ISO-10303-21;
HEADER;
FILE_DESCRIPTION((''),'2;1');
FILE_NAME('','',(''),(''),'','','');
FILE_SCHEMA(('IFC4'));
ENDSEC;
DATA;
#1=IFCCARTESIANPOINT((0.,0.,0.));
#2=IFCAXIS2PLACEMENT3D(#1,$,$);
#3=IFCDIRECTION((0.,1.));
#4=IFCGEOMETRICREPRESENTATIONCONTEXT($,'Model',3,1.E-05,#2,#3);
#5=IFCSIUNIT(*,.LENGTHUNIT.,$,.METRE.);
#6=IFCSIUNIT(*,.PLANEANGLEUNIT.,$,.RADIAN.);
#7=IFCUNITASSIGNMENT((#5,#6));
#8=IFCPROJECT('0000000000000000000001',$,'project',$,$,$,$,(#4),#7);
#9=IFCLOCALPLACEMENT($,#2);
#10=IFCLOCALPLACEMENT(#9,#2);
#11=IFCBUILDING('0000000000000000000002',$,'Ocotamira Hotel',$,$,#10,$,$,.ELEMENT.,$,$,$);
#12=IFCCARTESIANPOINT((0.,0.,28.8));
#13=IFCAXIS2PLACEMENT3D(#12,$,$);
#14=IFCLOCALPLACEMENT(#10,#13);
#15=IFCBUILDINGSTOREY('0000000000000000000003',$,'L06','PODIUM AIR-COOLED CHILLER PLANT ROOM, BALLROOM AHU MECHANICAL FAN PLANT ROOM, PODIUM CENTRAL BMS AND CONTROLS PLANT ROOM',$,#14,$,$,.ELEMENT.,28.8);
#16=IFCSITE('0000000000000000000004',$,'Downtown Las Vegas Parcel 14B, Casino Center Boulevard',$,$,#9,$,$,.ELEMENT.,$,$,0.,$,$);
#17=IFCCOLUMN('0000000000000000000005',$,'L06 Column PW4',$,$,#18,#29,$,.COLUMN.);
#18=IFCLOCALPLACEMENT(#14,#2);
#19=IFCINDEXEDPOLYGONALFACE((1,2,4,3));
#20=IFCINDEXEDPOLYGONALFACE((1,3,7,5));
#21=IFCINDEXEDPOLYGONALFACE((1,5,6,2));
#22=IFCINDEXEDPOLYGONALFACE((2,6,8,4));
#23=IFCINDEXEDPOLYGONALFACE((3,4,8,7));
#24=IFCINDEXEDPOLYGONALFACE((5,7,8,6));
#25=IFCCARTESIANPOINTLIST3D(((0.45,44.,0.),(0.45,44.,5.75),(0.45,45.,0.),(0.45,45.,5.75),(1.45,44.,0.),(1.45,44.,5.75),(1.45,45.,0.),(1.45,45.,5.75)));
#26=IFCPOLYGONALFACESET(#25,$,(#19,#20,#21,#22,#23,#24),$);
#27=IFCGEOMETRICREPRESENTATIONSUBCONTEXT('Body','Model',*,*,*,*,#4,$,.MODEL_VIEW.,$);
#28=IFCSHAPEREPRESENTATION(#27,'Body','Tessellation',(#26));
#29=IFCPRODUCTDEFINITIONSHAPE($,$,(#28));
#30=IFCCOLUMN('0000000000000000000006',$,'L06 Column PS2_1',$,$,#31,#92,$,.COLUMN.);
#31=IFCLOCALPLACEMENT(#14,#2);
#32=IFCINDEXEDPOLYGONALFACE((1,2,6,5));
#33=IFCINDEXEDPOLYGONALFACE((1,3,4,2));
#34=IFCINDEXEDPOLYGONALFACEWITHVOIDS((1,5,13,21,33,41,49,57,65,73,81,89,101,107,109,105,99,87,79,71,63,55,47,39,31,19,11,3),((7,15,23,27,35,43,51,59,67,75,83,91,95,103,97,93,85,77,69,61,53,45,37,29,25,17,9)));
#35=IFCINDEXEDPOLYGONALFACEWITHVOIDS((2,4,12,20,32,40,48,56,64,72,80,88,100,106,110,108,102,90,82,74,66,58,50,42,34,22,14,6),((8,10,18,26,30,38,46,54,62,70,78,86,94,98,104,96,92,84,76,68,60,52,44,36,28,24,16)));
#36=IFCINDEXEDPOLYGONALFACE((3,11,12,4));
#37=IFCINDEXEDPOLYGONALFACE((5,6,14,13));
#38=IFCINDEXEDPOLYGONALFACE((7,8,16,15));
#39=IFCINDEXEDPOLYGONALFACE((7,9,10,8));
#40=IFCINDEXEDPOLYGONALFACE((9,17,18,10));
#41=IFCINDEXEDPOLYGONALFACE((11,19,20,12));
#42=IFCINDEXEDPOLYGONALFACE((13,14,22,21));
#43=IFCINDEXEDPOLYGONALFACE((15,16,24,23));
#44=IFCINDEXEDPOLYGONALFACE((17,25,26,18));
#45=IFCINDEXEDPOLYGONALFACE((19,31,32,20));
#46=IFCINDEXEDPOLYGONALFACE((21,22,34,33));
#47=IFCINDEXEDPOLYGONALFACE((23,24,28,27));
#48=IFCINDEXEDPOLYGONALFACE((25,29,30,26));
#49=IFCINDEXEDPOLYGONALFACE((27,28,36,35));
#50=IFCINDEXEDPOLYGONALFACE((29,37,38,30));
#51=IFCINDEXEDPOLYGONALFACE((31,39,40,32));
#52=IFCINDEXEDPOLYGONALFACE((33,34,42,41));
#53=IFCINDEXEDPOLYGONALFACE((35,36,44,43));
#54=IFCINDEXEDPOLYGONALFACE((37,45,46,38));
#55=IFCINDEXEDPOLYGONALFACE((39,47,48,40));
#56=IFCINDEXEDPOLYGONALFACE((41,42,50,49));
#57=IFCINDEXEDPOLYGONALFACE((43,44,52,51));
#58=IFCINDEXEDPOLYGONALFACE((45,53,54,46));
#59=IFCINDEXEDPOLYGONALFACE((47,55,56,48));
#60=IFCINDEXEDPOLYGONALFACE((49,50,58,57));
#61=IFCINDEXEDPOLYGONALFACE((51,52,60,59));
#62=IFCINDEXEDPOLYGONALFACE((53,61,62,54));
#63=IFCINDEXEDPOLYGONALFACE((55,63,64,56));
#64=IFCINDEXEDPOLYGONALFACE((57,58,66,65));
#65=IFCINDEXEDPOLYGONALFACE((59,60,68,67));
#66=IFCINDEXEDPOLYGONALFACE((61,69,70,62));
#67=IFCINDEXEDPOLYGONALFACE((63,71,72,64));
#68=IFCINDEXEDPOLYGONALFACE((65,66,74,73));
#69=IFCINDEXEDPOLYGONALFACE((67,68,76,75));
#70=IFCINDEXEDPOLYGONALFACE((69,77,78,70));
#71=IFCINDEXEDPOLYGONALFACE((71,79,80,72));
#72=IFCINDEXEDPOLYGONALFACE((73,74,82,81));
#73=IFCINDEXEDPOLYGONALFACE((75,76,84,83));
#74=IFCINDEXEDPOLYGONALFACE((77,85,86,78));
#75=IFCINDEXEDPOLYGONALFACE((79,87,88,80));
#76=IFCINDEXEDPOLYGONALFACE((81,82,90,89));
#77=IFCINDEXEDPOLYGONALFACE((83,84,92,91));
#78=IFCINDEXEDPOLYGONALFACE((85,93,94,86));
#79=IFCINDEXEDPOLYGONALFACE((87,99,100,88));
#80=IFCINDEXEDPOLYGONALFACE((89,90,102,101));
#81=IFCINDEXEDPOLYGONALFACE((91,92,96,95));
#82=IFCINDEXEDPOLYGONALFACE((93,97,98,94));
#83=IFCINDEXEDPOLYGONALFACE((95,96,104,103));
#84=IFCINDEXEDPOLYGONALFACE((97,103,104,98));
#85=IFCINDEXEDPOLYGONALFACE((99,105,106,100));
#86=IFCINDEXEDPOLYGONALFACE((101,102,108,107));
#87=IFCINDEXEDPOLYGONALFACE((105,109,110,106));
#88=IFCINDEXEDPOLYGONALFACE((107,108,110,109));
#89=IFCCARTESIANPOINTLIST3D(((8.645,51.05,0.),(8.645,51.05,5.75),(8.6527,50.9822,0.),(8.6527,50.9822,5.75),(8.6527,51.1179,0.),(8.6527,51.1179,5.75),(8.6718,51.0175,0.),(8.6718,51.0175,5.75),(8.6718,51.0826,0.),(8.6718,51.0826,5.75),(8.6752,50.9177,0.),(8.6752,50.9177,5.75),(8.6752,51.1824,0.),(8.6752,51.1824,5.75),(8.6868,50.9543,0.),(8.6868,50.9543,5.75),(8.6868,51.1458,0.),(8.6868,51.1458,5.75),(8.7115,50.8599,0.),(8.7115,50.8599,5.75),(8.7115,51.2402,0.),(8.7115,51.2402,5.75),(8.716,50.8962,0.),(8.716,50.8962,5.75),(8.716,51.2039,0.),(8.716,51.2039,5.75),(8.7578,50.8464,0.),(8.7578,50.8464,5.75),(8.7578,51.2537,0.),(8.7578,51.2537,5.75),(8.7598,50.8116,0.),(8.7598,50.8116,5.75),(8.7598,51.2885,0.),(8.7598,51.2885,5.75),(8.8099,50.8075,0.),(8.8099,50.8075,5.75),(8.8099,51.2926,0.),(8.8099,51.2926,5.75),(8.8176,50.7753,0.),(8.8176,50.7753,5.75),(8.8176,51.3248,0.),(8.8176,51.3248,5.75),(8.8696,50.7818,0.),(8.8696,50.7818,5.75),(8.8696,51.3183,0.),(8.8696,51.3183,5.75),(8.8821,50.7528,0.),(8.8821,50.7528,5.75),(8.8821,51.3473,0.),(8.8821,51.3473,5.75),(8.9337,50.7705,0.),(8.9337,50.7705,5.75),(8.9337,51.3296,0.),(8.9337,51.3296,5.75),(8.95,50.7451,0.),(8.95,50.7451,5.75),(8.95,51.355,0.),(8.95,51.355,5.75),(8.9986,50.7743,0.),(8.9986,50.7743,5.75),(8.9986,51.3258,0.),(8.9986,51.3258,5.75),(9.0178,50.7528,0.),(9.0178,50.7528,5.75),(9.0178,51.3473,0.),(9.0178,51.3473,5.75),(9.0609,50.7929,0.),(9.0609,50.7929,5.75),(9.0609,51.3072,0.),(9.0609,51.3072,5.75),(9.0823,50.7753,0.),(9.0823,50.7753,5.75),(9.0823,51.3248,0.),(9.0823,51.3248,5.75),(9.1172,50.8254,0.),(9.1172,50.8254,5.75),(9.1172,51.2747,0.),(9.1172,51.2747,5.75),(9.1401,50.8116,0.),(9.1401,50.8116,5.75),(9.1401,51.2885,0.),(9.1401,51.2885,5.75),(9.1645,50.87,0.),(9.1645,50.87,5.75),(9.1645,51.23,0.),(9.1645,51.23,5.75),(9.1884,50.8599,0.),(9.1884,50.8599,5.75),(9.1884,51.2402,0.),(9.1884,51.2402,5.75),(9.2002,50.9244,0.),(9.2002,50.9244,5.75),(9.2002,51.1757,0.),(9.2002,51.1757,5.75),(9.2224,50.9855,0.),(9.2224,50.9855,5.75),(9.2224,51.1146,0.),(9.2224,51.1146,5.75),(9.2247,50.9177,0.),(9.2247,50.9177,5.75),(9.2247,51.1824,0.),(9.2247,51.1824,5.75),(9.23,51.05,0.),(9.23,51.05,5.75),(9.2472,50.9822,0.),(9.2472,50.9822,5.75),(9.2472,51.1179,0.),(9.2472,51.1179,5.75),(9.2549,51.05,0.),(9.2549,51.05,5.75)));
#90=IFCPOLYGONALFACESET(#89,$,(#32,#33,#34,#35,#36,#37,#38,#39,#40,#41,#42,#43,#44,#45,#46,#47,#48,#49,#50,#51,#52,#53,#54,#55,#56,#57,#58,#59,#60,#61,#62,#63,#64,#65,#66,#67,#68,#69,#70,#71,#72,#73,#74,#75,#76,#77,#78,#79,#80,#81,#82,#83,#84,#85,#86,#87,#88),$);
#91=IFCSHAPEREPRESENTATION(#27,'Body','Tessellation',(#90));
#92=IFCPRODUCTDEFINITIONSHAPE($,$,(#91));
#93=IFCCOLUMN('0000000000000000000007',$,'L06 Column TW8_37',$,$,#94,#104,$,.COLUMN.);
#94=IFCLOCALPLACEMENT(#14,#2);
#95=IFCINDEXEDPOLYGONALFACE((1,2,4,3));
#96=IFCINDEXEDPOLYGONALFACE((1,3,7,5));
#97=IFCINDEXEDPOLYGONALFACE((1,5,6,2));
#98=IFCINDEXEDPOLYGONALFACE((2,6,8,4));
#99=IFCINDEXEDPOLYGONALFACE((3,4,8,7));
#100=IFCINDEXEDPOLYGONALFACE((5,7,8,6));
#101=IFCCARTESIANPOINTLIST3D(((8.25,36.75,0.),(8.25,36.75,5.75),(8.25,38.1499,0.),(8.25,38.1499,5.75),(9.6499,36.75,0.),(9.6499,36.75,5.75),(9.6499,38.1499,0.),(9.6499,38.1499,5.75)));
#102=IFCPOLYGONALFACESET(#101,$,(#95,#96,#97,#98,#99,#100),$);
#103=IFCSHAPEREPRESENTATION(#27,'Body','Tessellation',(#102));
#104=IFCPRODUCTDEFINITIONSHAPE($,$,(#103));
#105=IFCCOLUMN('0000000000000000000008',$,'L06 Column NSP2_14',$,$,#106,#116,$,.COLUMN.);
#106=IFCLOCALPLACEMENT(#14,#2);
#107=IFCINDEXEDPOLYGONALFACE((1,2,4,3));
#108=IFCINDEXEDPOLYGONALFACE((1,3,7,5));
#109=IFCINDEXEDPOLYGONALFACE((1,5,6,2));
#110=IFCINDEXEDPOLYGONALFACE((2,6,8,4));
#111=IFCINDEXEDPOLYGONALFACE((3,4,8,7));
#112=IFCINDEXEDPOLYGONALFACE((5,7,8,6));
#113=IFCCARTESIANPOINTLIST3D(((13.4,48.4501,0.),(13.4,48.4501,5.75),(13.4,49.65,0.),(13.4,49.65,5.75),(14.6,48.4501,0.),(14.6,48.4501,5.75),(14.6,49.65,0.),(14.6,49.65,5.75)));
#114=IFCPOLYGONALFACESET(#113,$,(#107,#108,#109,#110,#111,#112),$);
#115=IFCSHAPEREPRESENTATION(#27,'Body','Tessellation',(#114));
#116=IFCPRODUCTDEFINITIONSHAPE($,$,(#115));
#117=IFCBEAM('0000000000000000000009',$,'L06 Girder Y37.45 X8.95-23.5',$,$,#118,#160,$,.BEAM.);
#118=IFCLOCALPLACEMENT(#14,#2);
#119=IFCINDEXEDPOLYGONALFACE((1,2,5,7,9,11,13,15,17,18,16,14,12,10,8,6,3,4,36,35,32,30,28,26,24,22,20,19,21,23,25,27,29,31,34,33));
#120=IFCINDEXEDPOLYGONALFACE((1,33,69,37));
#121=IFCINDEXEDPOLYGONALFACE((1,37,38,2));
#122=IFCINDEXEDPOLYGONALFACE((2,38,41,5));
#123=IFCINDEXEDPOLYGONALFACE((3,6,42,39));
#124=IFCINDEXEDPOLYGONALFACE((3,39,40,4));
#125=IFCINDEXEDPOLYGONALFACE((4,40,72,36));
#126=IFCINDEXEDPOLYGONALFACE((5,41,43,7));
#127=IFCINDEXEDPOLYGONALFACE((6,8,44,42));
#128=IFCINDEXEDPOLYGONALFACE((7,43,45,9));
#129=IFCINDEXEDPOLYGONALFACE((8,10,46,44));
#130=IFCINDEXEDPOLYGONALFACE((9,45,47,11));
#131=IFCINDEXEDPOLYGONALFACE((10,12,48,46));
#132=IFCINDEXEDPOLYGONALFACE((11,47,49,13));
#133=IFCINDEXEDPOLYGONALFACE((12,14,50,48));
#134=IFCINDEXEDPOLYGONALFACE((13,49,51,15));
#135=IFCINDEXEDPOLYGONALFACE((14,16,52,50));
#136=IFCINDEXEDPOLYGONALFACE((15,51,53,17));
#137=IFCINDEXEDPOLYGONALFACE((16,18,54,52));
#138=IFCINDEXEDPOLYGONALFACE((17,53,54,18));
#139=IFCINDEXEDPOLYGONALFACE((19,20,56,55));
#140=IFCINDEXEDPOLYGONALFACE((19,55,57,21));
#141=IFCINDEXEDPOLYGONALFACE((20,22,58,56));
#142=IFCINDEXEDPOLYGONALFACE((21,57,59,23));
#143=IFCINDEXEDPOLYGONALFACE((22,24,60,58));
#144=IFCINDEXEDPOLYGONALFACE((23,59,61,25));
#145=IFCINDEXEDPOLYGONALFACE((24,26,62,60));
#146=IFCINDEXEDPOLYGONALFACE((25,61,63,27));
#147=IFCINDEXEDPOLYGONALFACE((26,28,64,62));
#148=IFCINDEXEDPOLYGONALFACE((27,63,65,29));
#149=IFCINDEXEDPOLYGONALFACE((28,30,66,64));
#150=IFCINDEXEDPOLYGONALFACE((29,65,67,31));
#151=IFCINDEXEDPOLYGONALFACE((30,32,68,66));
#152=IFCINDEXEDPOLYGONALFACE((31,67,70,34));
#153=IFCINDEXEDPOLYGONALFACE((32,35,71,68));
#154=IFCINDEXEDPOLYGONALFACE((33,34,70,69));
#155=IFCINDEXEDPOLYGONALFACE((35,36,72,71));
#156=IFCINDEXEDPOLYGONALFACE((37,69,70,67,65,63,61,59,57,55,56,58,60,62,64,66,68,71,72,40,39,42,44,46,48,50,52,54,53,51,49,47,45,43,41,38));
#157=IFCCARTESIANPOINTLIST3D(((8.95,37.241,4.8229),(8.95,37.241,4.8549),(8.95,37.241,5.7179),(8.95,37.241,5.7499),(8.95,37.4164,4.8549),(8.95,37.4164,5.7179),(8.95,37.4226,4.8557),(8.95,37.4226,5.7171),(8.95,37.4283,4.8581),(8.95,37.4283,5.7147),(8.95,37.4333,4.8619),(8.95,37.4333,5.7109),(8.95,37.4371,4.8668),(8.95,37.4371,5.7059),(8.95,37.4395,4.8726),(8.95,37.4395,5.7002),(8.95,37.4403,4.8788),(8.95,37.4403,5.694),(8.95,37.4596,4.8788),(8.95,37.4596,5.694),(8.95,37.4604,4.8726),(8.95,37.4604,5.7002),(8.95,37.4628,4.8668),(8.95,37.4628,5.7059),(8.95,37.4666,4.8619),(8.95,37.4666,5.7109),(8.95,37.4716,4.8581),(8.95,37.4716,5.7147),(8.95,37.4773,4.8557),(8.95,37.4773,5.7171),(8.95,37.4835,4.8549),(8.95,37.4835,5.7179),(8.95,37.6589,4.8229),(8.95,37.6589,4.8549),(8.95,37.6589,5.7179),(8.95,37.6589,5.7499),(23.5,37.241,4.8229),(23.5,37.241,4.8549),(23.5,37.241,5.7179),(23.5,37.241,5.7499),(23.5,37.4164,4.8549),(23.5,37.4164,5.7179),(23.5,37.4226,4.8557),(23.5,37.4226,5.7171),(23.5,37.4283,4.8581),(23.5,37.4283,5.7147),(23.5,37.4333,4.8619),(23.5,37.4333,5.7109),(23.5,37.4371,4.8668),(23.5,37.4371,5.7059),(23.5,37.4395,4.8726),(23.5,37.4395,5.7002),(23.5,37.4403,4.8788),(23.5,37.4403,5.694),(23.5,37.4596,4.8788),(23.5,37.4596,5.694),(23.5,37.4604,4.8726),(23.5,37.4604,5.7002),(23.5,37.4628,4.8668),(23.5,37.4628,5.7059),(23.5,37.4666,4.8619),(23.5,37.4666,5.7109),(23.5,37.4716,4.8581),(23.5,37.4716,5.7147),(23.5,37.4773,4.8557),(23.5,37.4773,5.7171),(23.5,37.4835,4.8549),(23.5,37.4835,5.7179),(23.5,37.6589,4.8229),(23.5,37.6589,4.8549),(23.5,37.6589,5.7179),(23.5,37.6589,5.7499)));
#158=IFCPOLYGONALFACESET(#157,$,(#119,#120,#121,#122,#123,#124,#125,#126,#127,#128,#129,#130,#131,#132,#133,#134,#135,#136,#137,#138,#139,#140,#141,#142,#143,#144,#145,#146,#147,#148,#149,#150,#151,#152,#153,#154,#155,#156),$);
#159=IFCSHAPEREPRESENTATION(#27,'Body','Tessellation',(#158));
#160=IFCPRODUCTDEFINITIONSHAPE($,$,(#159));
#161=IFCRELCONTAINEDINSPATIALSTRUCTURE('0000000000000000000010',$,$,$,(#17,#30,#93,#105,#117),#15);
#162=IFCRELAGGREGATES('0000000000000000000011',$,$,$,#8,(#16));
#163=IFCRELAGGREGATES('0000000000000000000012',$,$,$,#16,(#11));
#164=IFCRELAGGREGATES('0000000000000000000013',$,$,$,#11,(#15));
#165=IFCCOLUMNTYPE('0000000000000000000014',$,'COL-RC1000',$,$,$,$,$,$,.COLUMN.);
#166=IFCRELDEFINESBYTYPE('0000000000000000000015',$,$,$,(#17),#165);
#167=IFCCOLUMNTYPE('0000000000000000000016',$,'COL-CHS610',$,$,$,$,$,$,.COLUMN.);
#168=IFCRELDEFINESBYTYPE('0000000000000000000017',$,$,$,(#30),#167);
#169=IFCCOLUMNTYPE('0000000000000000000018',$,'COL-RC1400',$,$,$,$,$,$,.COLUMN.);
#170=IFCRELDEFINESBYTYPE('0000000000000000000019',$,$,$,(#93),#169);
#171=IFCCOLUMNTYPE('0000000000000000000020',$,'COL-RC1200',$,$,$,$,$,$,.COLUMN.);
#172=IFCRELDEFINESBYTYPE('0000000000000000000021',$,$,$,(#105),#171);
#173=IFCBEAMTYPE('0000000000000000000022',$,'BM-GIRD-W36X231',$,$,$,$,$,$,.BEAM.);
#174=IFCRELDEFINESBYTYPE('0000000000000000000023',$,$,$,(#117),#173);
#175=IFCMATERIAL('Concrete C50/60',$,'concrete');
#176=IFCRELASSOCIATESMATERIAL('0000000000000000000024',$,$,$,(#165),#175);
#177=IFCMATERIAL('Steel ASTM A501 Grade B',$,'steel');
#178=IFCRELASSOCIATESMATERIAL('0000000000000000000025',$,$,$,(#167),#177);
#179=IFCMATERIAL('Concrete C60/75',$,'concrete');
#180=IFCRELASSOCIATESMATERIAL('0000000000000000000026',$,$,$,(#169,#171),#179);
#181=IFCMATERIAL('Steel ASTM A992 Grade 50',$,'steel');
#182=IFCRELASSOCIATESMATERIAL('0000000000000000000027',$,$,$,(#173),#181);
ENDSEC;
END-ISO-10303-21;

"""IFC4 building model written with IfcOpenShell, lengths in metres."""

from ifc_helpers import new_model, si_unit, direction, frame, origin, origin_2d, place, context, subcontext, project, spatial, rectangle, hollow_circle, i_section, extrude, source, transform, mapped, material, material_profile, profile_set, type_object, element, save


model = new_model("IFC4")

# Units and contexts
model_context = context("Model", 3, precision=1e-05, world=origin(), true_north=direction((0.0, 1.0)))
body_context = subcontext(model_context, "Body", "Model", "MODEL_VIEW")
ifc_project = project(units=[si_unit("LENGTHUNIT", "METRE"), si_unit("PLANEANGLEUNIT", "RADIAN")], contexts=[model_context])

# Site, building, storey
site_placement = place(None, origin())
site = spatial("IfcSite", under=ifc_project, at=site_placement, Name="Downtown Las Vegas Parcel 14B, Casino Center Boulevard", CompositionType="ELEMENT", RefElevation=0.0)
building_placement = place(site_placement, origin())
building = spatial("IfcBuilding", under=site, at=building_placement, Name="Ocotamira Hotel", CompositionType="ELEMENT")
storey_placement = place(building_placement, frame((0.0, 0.0, 28.8)))
storey = spatial("IfcBuildingStorey", under=building, at=storey_placement, Name="L06", Description="PODIUM AIR-COOLED CHILLER PLANT ROOM, BALLROOM AHU MECHANICAL FAN PLANT ROOM, PODIUM CENTRAL BMS AND CONTROLS PLANT ROOM", CompositionType="ELEMENT", Elevation=28.8)

# Columns
ifc_material_1 = material(Name="Concrete C50/60", Category="concrete")
ifc_material_profile_1 = material_profile(ifc_material_1, rectangle(XDim=1.0, YDim=1.0, at=origin_2d()), Name="RC1000X1000")
ifc_profile_set_1 = profile_set([ifc_material_profile_1], Name="Concrete C50/60")
column_type_1 = type_object("IfcColumnType", Name="COL-RC1000", PredefinedType="COLUMN", material=ifc_profile_set_1)
shared_shape_1 = source(origin(), body_context, "Body", "SweptSolid", [
    extrude(rectangle(XDim=1.0, YDim=1.0, at=origin_2d()), origin(), (0.0, 0.0, 1.0), 5.75),
])
column_1_placement = place(storey_placement, frame((0.95, 44.5, 0.0), z_axis=(0.0, 0.0, 1.0), x_axis=(1.0, 0.0, 0.0)))
element("IfcColumn", 1, at=column_1_placement, inside=storey, type_object=column_type_1, Name="L06 Column PW4", PredefinedType="COLUMN", context=body_context, shape_type="MappedRepresentation", body=[
    mapped(shared_shape_1, transform((0.0, 0.0, 0.0), scale=1.0)),
])
ifc_material_2 = material(Name="Steel ASTM A501 Grade B", Category="steel")
ifc_material_profile_2 = material_profile(ifc_material_2, hollow_circle(Radius=0.3049, WallThickness=0.0249, at=origin_2d()), Name="CHS610X25")
ifc_profile_set_2 = profile_set([ifc_material_profile_2], Name="Steel ASTM A501 Grade B")
column_type_2 = type_object("IfcColumnType", Name="COL-CHS610", PredefinedType="COLUMN", material=ifc_profile_set_2)
shared_shape_2 = source(origin(), body_context, "Body", "SweptSolid", [
    extrude(hollow_circle(Radius=0.3049, WallThickness=0.0249, at=origin_2d()), origin(), (0.0, 0.0, 1.0), 5.75),
])
column_2_placement = place(storey_placement, frame((8.95, 51.05, 0.0), z_axis=(0.0, 0.0, 1.0), x_axis=(1.0, 0.0, 0.0)))
element("IfcColumn", 2, at=column_2_placement, inside=storey, type_object=column_type_2, Name="L06 Column PS2_1", PredefinedType="COLUMN", context=body_context, shape_type="MappedRepresentation", body=[
    mapped(shared_shape_2, transform((0.0, 0.0, 0.0), scale=1.0)),
])
ifc_material_3 = material(Name="Concrete C60/75", Category="concrete")
ifc_material_profile_3 = material_profile(ifc_material_3, rectangle(XDim=1.3999, YDim=1.3999, at=origin_2d()), Name="RC1400X1400")
ifc_profile_set_3 = profile_set([ifc_material_profile_3], Name="Concrete C60/75")
column_type_3 = type_object("IfcColumnType", Name="COL-RC1400", PredefinedType="COLUMN", material=ifc_profile_set_3)
shared_shape_3 = source(origin(), body_context, "Body", "SweptSolid", [
    extrude(rectangle(XDim=1.3999, YDim=1.3999, at=origin_2d()), origin(), (0.0, 0.0, 1.0), 5.75),
])
column_3_placement = place(storey_placement, frame((8.95, 37.45, 0.0), z_axis=(0.0, 0.0, 1.0), x_axis=(1.0, 0.0, 0.0)))
element("IfcColumn", 3, at=column_3_placement, inside=storey, type_object=column_type_3, Name="L06 Column TW8_37", PredefinedType="COLUMN", context=body_context, shape_type="MappedRepresentation", body=[
    mapped(shared_shape_3, transform((0.0, 0.0, 0.0), scale=1.0)),
])
ifc_material_profile_4 = material_profile(ifc_material_3, rectangle(XDim=1.2, YDim=1.2, at=origin_2d()), Name="RC1200X1200")
ifc_profile_set_4 = profile_set([ifc_material_profile_4], Name="Concrete C60/75")
column_type_4 = type_object("IfcColumnType", Name="COL-RC1200", PredefinedType="COLUMN", material=ifc_profile_set_4)
shared_shape_4 = source(origin(), body_context, "Body", "SweptSolid", [
    extrude(rectangle(XDim=1.2, YDim=1.2, at=origin_2d()), origin(), (0.0, 0.0, 1.0), 5.75),
])
column_4_placement = place(storey_placement, frame((14.0, 49.05, 0.0), z_axis=(0.0, 0.0, 1.0), x_axis=(1.0, 0.0, 0.0)))
element("IfcColumn", 4, at=column_4_placement, inside=storey, type_object=column_type_4, Name="L06 Column NSP2_14", PredefinedType="COLUMN", context=body_context, shape_type="MappedRepresentation", body=[
    mapped(shared_shape_4, transform((0.0, 0.0, 0.0), scale=1.0)),
])

# Beam
ifc_material_4 = material(Name="Steel ASTM A992 Grade 50", Category="steel")
ifc_material_profile_5 = material_profile(ifc_material_4, i_section(OverallWidth=0.418, OverallDepth=0.927, WebThickness=0.0193, FlangeThickness=0.032, FilletRadius=0.0239, at=origin_2d()), Name="W36X231")
ifc_profile_set_5 = profile_set([ifc_material_profile_5], Name="Steel ASTM A992 Grade 50")
beam_type_1 = type_object("IfcBeamType", Name="BM-GIRD-W36X231", PredefinedType="BEAM", material=ifc_profile_set_5)
shared_shape_5 = source(origin(), body_context, "Body", "SweptSolid", [
    extrude(i_section(OverallWidth=0.418, OverallDepth=0.927, WebThickness=0.0193, FlangeThickness=0.032, FilletRadius=0.0239, at=origin_2d()), origin(), (0.0, 0.0, 1.0), 14.55),
])
for number, where, z_axis, x_axis, name in (
    (5, (8.95, 37.45, 5.2864), (1.0, 0.0, 0.0), (0.0, 1.0, 0.0), "L06 Girder Y37.45 X8.95-23.5"),
):
    element("IfcBeam", number, at=place(storey_placement, frame(where, z_axis=z_axis, x_axis=x_axis)), inside=storey, type_object=beam_type_1, Name=name, PredefinedType="BEAM", context=body_context, shape_type="MappedRepresentation", body=[
        mapped(shared_shape_5, transform((0.0, 0.0, 0.0), scale=1.0)),
    ])

save(model, "model.ifc")
